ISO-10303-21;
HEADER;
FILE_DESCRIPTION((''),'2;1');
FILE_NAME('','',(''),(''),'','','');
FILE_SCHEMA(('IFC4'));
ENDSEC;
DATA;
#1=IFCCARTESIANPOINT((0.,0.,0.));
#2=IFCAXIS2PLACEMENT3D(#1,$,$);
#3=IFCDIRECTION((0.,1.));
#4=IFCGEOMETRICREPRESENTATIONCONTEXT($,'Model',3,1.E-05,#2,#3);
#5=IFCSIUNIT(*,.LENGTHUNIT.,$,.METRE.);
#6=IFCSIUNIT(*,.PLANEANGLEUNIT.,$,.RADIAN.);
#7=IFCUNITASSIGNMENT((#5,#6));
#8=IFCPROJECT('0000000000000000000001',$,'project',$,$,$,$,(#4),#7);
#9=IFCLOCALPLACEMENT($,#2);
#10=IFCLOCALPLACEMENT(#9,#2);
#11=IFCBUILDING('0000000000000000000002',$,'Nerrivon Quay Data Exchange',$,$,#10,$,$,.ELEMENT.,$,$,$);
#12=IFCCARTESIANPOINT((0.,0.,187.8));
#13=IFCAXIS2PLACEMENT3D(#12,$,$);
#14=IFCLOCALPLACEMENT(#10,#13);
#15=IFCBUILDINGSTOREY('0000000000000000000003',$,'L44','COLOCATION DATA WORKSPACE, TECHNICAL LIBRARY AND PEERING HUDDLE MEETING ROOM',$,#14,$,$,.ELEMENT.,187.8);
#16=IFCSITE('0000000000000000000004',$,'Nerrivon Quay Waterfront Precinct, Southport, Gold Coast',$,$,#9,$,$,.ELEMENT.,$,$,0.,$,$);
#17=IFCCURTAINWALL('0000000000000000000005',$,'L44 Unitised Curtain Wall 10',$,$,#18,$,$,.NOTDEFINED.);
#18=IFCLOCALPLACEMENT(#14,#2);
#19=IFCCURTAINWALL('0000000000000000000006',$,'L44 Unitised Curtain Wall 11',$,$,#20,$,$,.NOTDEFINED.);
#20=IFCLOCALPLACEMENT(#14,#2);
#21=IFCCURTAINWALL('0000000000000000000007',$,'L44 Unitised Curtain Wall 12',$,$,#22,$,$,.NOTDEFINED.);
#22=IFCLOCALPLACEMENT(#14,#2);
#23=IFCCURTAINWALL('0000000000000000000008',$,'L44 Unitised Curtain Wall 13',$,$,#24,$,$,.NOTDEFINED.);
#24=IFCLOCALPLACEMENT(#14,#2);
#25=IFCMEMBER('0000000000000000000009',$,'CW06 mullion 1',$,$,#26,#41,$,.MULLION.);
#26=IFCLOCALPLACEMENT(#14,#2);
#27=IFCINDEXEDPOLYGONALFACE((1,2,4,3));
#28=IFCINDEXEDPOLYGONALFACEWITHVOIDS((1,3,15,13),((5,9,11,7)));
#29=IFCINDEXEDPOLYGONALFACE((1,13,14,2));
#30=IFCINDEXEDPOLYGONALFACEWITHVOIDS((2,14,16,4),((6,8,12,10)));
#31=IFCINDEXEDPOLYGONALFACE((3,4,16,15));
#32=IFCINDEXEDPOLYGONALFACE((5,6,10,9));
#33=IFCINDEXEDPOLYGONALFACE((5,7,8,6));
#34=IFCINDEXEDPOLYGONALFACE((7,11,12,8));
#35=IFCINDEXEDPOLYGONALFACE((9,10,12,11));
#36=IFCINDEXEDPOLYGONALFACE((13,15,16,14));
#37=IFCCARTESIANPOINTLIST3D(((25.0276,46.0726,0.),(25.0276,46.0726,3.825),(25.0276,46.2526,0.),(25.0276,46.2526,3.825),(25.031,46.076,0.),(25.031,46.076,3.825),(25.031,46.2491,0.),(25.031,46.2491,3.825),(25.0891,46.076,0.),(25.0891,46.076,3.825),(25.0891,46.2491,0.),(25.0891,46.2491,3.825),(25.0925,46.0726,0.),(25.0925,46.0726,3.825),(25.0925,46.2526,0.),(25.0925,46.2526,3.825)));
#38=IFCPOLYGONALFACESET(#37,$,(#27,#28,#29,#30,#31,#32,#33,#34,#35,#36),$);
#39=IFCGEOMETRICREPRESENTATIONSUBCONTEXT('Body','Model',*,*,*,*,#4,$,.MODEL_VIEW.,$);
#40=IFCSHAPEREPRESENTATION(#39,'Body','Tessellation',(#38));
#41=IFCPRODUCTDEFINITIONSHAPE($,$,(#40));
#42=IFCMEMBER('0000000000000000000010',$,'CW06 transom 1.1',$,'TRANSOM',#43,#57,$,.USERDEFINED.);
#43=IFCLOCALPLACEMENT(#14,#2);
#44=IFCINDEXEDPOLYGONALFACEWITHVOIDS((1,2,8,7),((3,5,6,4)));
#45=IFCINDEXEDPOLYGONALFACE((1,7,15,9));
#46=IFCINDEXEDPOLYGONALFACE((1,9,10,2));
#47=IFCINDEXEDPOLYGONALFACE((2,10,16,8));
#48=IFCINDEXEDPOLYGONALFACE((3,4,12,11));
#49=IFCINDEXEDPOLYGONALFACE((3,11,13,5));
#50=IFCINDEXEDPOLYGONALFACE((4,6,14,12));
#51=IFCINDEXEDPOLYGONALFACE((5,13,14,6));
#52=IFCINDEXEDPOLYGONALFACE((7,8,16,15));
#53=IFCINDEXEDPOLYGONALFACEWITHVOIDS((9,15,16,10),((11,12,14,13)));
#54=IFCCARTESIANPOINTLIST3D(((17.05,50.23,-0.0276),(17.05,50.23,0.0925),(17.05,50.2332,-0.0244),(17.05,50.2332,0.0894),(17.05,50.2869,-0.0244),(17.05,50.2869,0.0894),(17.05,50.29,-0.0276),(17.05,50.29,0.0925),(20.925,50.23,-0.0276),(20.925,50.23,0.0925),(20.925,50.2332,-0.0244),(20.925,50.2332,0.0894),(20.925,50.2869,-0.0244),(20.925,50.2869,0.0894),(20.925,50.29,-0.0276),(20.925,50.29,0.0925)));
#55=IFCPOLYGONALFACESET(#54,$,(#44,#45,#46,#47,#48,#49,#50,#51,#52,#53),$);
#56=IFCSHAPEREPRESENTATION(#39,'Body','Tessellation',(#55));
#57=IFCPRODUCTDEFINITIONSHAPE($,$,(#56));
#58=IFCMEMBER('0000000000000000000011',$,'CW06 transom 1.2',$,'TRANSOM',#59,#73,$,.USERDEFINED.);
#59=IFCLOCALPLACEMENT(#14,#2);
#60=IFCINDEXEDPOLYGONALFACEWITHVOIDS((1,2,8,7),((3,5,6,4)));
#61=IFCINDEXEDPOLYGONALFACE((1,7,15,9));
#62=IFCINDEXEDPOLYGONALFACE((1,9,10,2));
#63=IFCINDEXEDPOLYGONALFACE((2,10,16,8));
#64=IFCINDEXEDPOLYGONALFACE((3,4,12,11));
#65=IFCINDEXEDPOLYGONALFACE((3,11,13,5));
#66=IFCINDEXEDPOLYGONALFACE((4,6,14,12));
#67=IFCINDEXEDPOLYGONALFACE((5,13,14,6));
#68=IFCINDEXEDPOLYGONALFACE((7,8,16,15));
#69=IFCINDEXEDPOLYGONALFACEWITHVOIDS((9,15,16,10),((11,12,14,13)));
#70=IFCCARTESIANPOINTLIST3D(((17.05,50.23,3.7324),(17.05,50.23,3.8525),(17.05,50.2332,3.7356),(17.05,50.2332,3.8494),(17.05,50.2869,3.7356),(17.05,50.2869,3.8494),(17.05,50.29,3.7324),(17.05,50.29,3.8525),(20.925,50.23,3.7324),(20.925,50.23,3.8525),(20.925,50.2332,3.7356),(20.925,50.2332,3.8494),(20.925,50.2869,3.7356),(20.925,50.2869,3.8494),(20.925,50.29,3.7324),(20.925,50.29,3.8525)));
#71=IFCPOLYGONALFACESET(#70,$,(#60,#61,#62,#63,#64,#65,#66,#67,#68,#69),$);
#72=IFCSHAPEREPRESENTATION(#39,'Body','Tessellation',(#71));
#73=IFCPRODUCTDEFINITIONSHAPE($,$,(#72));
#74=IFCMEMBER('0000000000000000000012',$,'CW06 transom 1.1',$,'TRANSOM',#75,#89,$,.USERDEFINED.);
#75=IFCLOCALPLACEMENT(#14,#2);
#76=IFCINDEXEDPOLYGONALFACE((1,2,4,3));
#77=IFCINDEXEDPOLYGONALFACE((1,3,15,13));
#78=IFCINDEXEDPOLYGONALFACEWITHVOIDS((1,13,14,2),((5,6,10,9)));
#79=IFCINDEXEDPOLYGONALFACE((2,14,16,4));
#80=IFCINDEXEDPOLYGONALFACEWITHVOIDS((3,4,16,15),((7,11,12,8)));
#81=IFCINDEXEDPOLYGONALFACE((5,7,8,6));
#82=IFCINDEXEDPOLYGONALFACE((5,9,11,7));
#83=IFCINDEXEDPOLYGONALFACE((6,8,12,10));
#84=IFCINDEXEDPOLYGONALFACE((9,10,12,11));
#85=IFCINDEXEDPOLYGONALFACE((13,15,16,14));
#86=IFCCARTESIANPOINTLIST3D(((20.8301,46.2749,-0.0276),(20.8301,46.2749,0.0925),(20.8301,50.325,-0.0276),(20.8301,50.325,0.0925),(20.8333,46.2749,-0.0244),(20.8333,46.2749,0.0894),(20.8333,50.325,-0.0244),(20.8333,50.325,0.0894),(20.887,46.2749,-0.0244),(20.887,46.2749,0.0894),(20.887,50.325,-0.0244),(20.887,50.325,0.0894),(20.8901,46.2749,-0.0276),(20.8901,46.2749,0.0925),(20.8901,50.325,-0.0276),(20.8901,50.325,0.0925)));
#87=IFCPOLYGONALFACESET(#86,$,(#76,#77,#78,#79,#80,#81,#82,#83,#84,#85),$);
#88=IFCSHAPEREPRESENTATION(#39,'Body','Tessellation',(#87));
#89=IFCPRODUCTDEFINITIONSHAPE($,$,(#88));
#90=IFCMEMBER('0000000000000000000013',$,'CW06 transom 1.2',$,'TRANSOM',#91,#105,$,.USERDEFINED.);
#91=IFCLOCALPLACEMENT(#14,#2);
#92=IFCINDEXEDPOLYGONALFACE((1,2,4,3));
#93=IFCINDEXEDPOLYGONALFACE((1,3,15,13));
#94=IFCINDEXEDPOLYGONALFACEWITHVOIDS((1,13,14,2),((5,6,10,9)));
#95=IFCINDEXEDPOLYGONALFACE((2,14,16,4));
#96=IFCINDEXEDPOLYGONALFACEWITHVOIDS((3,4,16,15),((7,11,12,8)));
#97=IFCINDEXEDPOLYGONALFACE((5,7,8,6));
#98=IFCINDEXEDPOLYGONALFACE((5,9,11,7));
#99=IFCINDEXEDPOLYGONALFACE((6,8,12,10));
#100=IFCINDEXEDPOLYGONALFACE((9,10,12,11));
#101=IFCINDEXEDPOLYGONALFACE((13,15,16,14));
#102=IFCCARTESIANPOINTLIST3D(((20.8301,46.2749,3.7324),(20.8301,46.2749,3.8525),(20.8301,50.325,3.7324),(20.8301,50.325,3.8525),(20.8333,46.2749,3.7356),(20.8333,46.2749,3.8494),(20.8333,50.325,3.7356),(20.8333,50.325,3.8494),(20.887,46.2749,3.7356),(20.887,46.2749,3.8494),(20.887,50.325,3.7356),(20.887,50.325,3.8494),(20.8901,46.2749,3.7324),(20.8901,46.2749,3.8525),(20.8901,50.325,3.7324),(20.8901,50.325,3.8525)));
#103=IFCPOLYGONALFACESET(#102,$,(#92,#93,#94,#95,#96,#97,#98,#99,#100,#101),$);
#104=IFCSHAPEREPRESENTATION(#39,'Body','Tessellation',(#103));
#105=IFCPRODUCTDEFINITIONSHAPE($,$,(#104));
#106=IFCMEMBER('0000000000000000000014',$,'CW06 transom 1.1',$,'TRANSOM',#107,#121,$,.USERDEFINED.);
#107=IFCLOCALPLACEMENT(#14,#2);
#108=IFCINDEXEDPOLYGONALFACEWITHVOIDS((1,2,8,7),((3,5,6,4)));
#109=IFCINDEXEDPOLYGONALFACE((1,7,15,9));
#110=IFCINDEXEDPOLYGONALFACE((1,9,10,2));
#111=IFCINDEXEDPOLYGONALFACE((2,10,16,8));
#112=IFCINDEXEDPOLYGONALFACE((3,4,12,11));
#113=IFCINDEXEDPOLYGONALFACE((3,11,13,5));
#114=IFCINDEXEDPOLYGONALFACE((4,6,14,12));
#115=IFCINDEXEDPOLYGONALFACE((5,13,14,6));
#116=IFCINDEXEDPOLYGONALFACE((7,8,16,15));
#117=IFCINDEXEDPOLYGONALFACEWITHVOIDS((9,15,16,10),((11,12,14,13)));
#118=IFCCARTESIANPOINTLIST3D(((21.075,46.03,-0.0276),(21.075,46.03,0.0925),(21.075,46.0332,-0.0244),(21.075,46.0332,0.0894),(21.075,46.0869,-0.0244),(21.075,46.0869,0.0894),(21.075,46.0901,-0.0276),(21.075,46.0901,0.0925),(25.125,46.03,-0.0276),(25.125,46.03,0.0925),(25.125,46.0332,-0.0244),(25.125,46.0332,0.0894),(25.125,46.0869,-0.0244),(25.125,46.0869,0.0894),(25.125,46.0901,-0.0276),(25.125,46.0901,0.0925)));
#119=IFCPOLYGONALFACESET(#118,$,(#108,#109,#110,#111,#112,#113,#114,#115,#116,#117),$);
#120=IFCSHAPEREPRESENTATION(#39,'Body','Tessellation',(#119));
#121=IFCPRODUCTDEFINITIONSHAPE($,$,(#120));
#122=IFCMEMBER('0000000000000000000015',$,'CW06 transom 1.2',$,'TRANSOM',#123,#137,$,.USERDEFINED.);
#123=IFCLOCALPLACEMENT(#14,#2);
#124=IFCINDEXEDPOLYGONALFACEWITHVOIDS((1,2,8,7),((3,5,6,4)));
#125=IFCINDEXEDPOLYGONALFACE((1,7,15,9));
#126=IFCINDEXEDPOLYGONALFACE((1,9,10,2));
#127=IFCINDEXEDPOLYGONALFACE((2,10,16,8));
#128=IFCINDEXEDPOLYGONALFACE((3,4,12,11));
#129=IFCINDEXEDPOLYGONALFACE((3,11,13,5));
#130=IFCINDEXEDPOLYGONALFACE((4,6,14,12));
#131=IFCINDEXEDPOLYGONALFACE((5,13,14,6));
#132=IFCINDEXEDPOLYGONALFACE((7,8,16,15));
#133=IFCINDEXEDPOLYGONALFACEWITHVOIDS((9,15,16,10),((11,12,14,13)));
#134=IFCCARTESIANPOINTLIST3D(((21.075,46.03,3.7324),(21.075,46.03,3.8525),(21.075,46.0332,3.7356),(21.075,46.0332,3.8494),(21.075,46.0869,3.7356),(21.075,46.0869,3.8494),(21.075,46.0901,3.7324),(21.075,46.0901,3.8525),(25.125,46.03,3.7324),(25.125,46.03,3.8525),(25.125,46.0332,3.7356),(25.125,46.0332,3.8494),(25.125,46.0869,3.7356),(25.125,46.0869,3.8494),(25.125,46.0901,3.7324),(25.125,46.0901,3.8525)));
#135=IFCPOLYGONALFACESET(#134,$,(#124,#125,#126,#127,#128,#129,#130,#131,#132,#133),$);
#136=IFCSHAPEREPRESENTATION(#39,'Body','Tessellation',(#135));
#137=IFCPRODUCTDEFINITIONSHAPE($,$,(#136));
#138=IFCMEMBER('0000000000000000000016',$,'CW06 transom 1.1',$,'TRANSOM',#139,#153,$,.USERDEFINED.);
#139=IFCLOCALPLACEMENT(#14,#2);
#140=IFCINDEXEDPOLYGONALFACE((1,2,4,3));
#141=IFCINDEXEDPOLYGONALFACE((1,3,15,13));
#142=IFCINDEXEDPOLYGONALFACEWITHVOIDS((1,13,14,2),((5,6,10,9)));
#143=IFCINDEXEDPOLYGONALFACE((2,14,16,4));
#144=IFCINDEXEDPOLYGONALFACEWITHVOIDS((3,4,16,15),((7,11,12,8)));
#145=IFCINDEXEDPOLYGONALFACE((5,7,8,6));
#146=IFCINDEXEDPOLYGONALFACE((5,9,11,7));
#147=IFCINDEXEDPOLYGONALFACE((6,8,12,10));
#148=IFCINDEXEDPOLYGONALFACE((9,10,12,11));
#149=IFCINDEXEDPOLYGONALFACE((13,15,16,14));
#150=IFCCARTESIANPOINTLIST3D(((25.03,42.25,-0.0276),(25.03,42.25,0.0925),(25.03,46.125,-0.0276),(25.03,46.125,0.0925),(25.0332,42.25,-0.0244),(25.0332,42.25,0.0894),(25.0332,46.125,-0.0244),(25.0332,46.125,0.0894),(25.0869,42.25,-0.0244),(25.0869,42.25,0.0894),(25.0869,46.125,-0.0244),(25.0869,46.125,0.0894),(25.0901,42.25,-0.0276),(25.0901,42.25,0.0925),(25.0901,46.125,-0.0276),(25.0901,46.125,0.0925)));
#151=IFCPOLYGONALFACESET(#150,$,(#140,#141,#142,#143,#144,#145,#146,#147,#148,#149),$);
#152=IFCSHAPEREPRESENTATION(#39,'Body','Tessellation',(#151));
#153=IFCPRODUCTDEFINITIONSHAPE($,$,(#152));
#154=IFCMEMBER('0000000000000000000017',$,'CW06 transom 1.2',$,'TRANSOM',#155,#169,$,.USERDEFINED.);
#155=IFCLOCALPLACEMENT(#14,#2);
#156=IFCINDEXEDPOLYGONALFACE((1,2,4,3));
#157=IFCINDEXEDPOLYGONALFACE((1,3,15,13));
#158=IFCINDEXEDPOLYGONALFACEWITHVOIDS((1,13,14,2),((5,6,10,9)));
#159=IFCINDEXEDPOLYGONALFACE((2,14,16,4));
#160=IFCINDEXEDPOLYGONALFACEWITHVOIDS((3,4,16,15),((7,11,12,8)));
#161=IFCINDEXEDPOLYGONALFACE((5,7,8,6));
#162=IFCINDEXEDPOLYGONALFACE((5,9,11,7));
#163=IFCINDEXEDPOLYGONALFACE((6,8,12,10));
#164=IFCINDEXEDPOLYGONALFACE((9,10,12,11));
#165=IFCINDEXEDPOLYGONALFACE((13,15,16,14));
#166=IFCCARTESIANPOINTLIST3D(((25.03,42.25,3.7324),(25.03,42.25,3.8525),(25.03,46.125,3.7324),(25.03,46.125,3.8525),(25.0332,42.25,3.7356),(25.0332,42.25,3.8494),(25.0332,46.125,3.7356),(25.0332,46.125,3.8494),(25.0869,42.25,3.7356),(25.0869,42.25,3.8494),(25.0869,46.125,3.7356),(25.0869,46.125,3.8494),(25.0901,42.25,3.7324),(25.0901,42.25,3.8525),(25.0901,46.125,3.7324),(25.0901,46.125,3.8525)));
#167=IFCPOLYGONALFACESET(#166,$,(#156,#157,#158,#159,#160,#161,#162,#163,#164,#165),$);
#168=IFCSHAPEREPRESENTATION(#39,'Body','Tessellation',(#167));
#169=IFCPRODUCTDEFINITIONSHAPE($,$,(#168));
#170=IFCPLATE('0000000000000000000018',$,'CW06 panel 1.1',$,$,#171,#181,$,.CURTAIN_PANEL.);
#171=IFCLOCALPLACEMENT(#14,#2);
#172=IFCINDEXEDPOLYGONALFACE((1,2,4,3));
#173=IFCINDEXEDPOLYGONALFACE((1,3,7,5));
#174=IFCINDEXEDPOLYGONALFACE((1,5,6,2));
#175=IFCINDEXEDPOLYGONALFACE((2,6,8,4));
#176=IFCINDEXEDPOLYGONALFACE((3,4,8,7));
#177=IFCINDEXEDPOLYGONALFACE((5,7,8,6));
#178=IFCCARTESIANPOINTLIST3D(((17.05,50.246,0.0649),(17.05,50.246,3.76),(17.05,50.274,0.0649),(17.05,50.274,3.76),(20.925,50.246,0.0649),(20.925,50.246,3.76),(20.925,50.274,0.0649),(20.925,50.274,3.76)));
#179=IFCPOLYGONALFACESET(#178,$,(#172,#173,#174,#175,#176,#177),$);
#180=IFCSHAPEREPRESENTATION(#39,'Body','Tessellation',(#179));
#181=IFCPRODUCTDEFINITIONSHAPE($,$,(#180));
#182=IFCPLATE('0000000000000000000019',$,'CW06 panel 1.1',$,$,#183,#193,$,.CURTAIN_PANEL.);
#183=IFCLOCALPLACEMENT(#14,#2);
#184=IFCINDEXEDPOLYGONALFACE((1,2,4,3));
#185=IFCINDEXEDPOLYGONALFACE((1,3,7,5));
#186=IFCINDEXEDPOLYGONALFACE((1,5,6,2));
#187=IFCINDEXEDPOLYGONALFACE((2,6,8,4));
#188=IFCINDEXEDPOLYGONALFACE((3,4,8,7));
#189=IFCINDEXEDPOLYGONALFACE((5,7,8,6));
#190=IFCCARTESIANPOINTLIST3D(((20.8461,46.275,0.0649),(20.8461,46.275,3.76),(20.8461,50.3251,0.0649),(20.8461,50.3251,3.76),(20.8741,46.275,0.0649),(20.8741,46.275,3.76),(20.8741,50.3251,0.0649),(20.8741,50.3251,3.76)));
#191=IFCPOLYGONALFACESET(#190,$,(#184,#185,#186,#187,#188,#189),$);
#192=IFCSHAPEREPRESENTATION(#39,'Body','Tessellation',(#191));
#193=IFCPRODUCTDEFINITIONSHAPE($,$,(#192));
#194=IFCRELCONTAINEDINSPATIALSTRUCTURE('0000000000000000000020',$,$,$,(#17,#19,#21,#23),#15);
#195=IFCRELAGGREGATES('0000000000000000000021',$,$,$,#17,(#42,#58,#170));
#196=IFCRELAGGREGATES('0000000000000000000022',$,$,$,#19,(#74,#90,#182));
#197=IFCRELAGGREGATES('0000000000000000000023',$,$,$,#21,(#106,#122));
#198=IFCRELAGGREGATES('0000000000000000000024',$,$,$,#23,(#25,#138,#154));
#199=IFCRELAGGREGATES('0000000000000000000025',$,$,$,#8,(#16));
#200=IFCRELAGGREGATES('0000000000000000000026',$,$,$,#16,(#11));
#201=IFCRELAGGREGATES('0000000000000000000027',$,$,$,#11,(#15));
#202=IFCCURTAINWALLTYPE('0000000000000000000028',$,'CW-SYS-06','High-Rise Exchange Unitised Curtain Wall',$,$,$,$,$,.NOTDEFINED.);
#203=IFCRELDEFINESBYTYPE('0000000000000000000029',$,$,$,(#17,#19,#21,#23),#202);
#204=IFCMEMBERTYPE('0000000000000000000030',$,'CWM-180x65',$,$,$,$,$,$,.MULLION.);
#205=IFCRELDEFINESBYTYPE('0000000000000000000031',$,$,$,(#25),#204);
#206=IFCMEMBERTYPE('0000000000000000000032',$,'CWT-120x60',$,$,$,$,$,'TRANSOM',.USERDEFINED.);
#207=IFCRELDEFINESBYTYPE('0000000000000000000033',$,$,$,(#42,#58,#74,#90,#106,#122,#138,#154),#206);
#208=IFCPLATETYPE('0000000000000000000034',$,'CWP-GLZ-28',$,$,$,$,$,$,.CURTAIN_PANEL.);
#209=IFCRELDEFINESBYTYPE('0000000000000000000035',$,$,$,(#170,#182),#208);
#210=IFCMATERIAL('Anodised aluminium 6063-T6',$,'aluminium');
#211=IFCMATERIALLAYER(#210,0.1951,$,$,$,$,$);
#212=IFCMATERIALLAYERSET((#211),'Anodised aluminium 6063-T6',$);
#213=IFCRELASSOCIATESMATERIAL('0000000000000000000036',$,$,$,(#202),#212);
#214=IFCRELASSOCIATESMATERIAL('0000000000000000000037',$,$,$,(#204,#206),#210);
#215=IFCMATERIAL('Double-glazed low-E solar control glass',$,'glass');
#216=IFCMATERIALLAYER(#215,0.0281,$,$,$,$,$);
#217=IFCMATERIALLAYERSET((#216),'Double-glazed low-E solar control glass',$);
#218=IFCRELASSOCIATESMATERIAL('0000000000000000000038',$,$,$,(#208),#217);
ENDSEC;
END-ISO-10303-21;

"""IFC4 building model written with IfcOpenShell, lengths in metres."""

from ifc_helpers import new_model, si_unit, direction, frame, origin, origin_2d, place, context, subcontext, project, spatial, rectangle, hollow_rectangle, extrude, material, layer, layer_set, material_profile, profile_set, type_object, element, aggregate, save


model = new_model("IFC4")

# Units and contexts
model_context = context("Model", 3, precision=1e-05, world=origin(), true_north=direction((0.0, 1.0)))
body_context = subcontext(model_context, "Body", "Model", "MODEL_VIEW")
ifc_project = project(units=[si_unit("LENGTHUNIT", "METRE"), si_unit("PLANEANGLEUNIT", "RADIAN")], contexts=[model_context])

# Site, building, storey
site_placement = place(None, origin())
site = spatial("IfcSite", under=ifc_project, at=site_placement, Name="Nerrivon Quay Waterfront Precinct, Southport, Gold Coast", CompositionType="ELEMENT", RefElevation=0.0)
building_placement = place(site_placement, origin())
building = spatial("IfcBuilding", under=site, at=building_placement, Name="Nerrivon Quay Data Exchange", CompositionType="ELEMENT")
storey_placement = place(building_placement, frame((0.0, 0.0, 187.8)))
storey = spatial("IfcBuildingStorey", under=building, at=storey_placement, Name="L44", Description="COLOCATION DATA WORKSPACE, TECHNICAL LIBRARY AND PEERING HUDDLE MEETING ROOM", CompositionType="ELEMENT", Elevation=187.8)

# Shared definitions
ifc_material_1 = material(Name="Anodised aluminium 6063-T6", Category="aluminium")
ifc_layer_1 = layer(ifc_material_1, 0.1951)
ifc_layer_set_1 = layer_set([ifc_layer_1], Name="Anodised aluminium 6063-T6")
curtain_wall_type = type_object("IfcCurtainWallType", Name="CW-SYS-06", Description="High-Rise Exchange Unitised Curtain Wall", PredefinedType="NOTDEFINED", material=ifc_layer_set_1)
ifc_material_profile_1 = material_profile(ifc_material_1, hollow_rectangle(XDim=0.0649, YDim=0.1799, WallThickness=0.0034, at=origin_2d()), Name="ALU-MULL-180x65")
ifc_profile_set_1 = profile_set([ifc_material_profile_1], Name="Anodised aluminium 6063-T6")
member_type_1 = type_object("IfcMemberType", Name="CWM-180x65", PredefinedType="MULLION", material=ifc_profile_set_1)

# Curtain walls
curtain_wall_1_placement = place(storey_placement, origin())
curtain_wall_1 = element("IfcCurtainWall", 1, at=curtain_wall_1_placement, inside=storey, type_object=curtain_wall_type, Name="L44 Unitised Curtain Wall 10", PredefinedType="NOTDEFINED")
curtain_wall_2_placement = place(storey_placement, origin())
curtain_wall_2 = element("IfcCurtainWall", 2, at=curtain_wall_2_placement, inside=storey, type_object=curtain_wall_type, Name="L44 Unitised Curtain Wall 11", PredefinedType="NOTDEFINED")
curtain_wall_3_placement = place(storey_placement, origin())
curtain_wall_3 = element("IfcCurtainWall", 3, at=curtain_wall_3_placement, inside=storey, type_object=curtain_wall_type, Name="L44 Unitised Curtain Wall 12", PredefinedType="NOTDEFINED")

# Curtain wall, member
curtain_wall_4_placement = place(storey_placement, origin())
curtain_wall_4 = element("IfcCurtainWall", 4, at=curtain_wall_4_placement, inside=storey, type_object=curtain_wall_type, Name="L44 Unitised Curtain Wall 13", PredefinedType="NOTDEFINED")
member_1_placement = place(storey_placement, frame((25.0601, 46.1626, 0.0), z_axis=(0.0, 0.0, 1.0), x_axis=(1.0, 0.0, 0.0)))
member_1 = element("IfcMember", 5, at=member_1_placement, type_object=member_type_1, Name="CW06 mullion 1", PredefinedType="MULLION", context=body_context, shape_type="SweptSolid", body=[
    extrude(hollow_rectangle(XDim=0.0649, YDim=0.1799, WallThickness=0.0034, at=origin_2d()), origin(), (0.0, 0.0, 1.0), 3.825),
])

# Members
ifc_material_profile_2 = material_profile(ifc_material_1, hollow_rectangle(XDim=0.0601, YDim=0.1201, WallThickness=0.0032, at=origin_2d()), Name="ALU-TRAN-120x60")
ifc_profile_set_2 = profile_set([ifc_material_profile_2], Name="Anodised aluminium 6063-T6")
member_type_2 = type_object("IfcMemberType", Name="CWT-120x60", ElementType="TRANSOM", PredefinedType="USERDEFINED", material=ifc_profile_set_2)
member_2_placement = place(storey_placement, frame((17.05, 50.26, 0.0325), z_axis=(1.0, 0.0, 0.0), x_axis=(0.0, 1.0, 0.0)))
member_2 = element("IfcMember", 6, at=member_2_placement, type_object=member_type_2, Name="CW06 transom 1.1", ObjectType="TRANSOM", PredefinedType="USERDEFINED", context=body_context, shape_type="SweptSolid", body=[
    extrude(hollow_rectangle(XDim=0.0601, YDim=0.1201, WallThickness=0.0032, at=origin_2d()), origin(), (0.0, 0.0, 1.0), 3.875),
])
member_3_placement = place(storey_placement, frame((17.05, 50.26, 3.7925), z_axis=(1.0, 0.0, 0.0), x_axis=(0.0, 1.0, 0.0)))
member_3 = element("IfcMember", 7, at=member_3_placement, type_object=member_type_2, Name="CW06 transom 1.2", ObjectType="TRANSOM", PredefinedType="USERDEFINED", context=body_context, shape_type="SweptSolid", body=[
    extrude(hollow_rectangle(XDim=0.0601, YDim=0.1201, WallThickness=0.0032, at=origin_2d()), origin(), (0.0, 0.0, 1.0), 3.875),
])
member_4_placement = place(storey_placement, frame((20.8601, 50.325, 0.0325), z_axis=(0.0, -1.0, 0.0), x_axis=(1.0, 0.0, 0.0)))
member_4 = element("IfcMember", 8, at=member_4_placement, type_object=member_type_2, Name="CW06 transom 1.1", ObjectType="TRANSOM", PredefinedType="USERDEFINED", context=body_context, shape_type="SweptSolid", body=[
    extrude(hollow_rectangle(XDim=0.0601, YDim=0.1201, WallThickness=0.0032, at=origin_2d()), origin(), (0.0, 0.0, 1.0), 4.05),
])
member_5_placement = place(storey_placement, frame((20.8601, 50.325, 3.7925), z_axis=(0.0, -1.0, 0.0), x_axis=(1.0, 0.0, 0.0)))
member_5 = element("IfcMember", 9, at=member_5_placement, type_object=member_type_2, Name="CW06 transom 1.2", ObjectType="TRANSOM", PredefinedType="USERDEFINED", context=body_context, shape_type="SweptSolid", body=[
    extrude(hollow_rectangle(XDim=0.0601, YDim=0.1201, WallThickness=0.0032, at=origin_2d()), origin(), (0.0, 0.0, 1.0), 4.05),
])
member_6_placement = place(storey_placement, frame((21.075, 46.0601, 0.0325), z_axis=(1.0, 0.0, 0.0), x_axis=(0.0, 1.0, 0.0)))
member_6 = element("IfcMember", 10, at=member_6_placement, type_object=member_type_2, Name="CW06 transom 1.1", ObjectType="TRANSOM", PredefinedType="USERDEFINED", context=body_context, shape_type="SweptSolid", body=[
    extrude(hollow_rectangle(XDim=0.0601, YDim=0.1201, WallThickness=0.0032, at=origin_2d()), origin(), (0.0, 0.0, 1.0), 4.05),
])
member_7_placement = place(storey_placement, frame((21.075, 46.0601, 3.7925), z_axis=(1.0, 0.0, 0.0), x_axis=(0.0, 1.0, 0.0)))
member_7 = element("IfcMember", 11, at=member_7_placement, type_object=member_type_2, Name="CW06 transom 1.2", ObjectType="TRANSOM", PredefinedType="USERDEFINED", context=body_context, shape_type="SweptSolid", body=[
    extrude(hollow_rectangle(XDim=0.0601, YDim=0.1201, WallThickness=0.0032, at=origin_2d()), origin(), (0.0, 0.0, 1.0), 4.05),
])
member_8_placement = place(storey_placement, frame((25.0601, 46.125, 0.0325), z_axis=(0.0, -1.0, 0.0), x_axis=(1.0, 0.0, 0.0)))
member_8 = element("IfcMember", 12, at=member_8_placement, type_object=member_type_2, Name="CW06 transom 1.1", ObjectType="TRANSOM", PredefinedType="USERDEFINED", context=body_context, shape_type="SweptSolid", body=[
    extrude(hollow_rectangle(XDim=0.0601, YDim=0.1201, WallThickness=0.0032, at=origin_2d()), origin(), (0.0, 0.0, 1.0), 3.875),
])
member_9_placement = place(storey_placement, frame((25.0601, 46.125, 3.7925), z_axis=(0.0, -1.0, 0.0), x_axis=(1.0, 0.0, 0.0)))
member_9 = element("IfcMember", 13, at=member_9_placement, type_object=member_type_2, Name="CW06 transom 1.2", ObjectType="TRANSOM", PredefinedType="USERDEFINED", context=body_context, shape_type="SweptSolid", body=[
    extrude(hollow_rectangle(XDim=0.0601, YDim=0.1201, WallThickness=0.0032, at=origin_2d()), origin(), (0.0, 0.0, 1.0), 3.875),
])

# Plates
ifc_material_2 = material(Name="Double-glazed low-E solar control glass", Category="glass")
ifc_layer_2 = layer(ifc_material_2, 0.0281)
ifc_layer_set_2 = layer_set([ifc_layer_2], Name="Double-glazed low-E solar control glass")
plate_type = type_object("IfcPlateType", Name="CWP-GLZ-28", PredefinedType="CURTAIN_PANEL", material=ifc_layer_set_2)
plate_1_placement = place(storey_placement, frame((18.9875, 50.26, 0.0649), z_axis=(0.0, 0.0, 1.0), x_axis=(1.0, 0.0, 0.0)))
plate_1 = element("IfcPlate", 14, at=plate_1_placement, type_object=plate_type, Name="CW06 panel 1.1", PredefinedType="CURTAIN_PANEL", context=body_context, shape_type="SweptSolid", body=[
    extrude(rectangle(XDim=3.875, YDim=0.0281, at=origin_2d()), origin(), (0.0, 0.0, 1.0), 3.6951),
])
aggregate(curtain_wall_1, [member_2, member_3, plate_1])
plate_2_placement = place(storey_placement, frame((20.8601, 48.3, 0.0649), z_axis=(0.0, 0.0, 1.0), x_axis=(0.0, -1.0, 0.0)))
plate_2 = element("IfcPlate", 15, at=plate_2_placement, type_object=plate_type, Name="CW06 panel 1.1", PredefinedType="CURTAIN_PANEL", context=body_context, shape_type="SweptSolid", body=[
    extrude(rectangle(XDim=4.05, YDim=0.0281, at=origin_2d()), origin(), (0.0, 0.0, 1.0), 3.6951),
])
aggregate(curtain_wall_2, [member_4, member_5, plate_2])
aggregate(curtain_wall_3, [member_6, member_7])
aggregate(curtain_wall_4, [member_1, member_8, member_9])

save(model, "model.ifc")
